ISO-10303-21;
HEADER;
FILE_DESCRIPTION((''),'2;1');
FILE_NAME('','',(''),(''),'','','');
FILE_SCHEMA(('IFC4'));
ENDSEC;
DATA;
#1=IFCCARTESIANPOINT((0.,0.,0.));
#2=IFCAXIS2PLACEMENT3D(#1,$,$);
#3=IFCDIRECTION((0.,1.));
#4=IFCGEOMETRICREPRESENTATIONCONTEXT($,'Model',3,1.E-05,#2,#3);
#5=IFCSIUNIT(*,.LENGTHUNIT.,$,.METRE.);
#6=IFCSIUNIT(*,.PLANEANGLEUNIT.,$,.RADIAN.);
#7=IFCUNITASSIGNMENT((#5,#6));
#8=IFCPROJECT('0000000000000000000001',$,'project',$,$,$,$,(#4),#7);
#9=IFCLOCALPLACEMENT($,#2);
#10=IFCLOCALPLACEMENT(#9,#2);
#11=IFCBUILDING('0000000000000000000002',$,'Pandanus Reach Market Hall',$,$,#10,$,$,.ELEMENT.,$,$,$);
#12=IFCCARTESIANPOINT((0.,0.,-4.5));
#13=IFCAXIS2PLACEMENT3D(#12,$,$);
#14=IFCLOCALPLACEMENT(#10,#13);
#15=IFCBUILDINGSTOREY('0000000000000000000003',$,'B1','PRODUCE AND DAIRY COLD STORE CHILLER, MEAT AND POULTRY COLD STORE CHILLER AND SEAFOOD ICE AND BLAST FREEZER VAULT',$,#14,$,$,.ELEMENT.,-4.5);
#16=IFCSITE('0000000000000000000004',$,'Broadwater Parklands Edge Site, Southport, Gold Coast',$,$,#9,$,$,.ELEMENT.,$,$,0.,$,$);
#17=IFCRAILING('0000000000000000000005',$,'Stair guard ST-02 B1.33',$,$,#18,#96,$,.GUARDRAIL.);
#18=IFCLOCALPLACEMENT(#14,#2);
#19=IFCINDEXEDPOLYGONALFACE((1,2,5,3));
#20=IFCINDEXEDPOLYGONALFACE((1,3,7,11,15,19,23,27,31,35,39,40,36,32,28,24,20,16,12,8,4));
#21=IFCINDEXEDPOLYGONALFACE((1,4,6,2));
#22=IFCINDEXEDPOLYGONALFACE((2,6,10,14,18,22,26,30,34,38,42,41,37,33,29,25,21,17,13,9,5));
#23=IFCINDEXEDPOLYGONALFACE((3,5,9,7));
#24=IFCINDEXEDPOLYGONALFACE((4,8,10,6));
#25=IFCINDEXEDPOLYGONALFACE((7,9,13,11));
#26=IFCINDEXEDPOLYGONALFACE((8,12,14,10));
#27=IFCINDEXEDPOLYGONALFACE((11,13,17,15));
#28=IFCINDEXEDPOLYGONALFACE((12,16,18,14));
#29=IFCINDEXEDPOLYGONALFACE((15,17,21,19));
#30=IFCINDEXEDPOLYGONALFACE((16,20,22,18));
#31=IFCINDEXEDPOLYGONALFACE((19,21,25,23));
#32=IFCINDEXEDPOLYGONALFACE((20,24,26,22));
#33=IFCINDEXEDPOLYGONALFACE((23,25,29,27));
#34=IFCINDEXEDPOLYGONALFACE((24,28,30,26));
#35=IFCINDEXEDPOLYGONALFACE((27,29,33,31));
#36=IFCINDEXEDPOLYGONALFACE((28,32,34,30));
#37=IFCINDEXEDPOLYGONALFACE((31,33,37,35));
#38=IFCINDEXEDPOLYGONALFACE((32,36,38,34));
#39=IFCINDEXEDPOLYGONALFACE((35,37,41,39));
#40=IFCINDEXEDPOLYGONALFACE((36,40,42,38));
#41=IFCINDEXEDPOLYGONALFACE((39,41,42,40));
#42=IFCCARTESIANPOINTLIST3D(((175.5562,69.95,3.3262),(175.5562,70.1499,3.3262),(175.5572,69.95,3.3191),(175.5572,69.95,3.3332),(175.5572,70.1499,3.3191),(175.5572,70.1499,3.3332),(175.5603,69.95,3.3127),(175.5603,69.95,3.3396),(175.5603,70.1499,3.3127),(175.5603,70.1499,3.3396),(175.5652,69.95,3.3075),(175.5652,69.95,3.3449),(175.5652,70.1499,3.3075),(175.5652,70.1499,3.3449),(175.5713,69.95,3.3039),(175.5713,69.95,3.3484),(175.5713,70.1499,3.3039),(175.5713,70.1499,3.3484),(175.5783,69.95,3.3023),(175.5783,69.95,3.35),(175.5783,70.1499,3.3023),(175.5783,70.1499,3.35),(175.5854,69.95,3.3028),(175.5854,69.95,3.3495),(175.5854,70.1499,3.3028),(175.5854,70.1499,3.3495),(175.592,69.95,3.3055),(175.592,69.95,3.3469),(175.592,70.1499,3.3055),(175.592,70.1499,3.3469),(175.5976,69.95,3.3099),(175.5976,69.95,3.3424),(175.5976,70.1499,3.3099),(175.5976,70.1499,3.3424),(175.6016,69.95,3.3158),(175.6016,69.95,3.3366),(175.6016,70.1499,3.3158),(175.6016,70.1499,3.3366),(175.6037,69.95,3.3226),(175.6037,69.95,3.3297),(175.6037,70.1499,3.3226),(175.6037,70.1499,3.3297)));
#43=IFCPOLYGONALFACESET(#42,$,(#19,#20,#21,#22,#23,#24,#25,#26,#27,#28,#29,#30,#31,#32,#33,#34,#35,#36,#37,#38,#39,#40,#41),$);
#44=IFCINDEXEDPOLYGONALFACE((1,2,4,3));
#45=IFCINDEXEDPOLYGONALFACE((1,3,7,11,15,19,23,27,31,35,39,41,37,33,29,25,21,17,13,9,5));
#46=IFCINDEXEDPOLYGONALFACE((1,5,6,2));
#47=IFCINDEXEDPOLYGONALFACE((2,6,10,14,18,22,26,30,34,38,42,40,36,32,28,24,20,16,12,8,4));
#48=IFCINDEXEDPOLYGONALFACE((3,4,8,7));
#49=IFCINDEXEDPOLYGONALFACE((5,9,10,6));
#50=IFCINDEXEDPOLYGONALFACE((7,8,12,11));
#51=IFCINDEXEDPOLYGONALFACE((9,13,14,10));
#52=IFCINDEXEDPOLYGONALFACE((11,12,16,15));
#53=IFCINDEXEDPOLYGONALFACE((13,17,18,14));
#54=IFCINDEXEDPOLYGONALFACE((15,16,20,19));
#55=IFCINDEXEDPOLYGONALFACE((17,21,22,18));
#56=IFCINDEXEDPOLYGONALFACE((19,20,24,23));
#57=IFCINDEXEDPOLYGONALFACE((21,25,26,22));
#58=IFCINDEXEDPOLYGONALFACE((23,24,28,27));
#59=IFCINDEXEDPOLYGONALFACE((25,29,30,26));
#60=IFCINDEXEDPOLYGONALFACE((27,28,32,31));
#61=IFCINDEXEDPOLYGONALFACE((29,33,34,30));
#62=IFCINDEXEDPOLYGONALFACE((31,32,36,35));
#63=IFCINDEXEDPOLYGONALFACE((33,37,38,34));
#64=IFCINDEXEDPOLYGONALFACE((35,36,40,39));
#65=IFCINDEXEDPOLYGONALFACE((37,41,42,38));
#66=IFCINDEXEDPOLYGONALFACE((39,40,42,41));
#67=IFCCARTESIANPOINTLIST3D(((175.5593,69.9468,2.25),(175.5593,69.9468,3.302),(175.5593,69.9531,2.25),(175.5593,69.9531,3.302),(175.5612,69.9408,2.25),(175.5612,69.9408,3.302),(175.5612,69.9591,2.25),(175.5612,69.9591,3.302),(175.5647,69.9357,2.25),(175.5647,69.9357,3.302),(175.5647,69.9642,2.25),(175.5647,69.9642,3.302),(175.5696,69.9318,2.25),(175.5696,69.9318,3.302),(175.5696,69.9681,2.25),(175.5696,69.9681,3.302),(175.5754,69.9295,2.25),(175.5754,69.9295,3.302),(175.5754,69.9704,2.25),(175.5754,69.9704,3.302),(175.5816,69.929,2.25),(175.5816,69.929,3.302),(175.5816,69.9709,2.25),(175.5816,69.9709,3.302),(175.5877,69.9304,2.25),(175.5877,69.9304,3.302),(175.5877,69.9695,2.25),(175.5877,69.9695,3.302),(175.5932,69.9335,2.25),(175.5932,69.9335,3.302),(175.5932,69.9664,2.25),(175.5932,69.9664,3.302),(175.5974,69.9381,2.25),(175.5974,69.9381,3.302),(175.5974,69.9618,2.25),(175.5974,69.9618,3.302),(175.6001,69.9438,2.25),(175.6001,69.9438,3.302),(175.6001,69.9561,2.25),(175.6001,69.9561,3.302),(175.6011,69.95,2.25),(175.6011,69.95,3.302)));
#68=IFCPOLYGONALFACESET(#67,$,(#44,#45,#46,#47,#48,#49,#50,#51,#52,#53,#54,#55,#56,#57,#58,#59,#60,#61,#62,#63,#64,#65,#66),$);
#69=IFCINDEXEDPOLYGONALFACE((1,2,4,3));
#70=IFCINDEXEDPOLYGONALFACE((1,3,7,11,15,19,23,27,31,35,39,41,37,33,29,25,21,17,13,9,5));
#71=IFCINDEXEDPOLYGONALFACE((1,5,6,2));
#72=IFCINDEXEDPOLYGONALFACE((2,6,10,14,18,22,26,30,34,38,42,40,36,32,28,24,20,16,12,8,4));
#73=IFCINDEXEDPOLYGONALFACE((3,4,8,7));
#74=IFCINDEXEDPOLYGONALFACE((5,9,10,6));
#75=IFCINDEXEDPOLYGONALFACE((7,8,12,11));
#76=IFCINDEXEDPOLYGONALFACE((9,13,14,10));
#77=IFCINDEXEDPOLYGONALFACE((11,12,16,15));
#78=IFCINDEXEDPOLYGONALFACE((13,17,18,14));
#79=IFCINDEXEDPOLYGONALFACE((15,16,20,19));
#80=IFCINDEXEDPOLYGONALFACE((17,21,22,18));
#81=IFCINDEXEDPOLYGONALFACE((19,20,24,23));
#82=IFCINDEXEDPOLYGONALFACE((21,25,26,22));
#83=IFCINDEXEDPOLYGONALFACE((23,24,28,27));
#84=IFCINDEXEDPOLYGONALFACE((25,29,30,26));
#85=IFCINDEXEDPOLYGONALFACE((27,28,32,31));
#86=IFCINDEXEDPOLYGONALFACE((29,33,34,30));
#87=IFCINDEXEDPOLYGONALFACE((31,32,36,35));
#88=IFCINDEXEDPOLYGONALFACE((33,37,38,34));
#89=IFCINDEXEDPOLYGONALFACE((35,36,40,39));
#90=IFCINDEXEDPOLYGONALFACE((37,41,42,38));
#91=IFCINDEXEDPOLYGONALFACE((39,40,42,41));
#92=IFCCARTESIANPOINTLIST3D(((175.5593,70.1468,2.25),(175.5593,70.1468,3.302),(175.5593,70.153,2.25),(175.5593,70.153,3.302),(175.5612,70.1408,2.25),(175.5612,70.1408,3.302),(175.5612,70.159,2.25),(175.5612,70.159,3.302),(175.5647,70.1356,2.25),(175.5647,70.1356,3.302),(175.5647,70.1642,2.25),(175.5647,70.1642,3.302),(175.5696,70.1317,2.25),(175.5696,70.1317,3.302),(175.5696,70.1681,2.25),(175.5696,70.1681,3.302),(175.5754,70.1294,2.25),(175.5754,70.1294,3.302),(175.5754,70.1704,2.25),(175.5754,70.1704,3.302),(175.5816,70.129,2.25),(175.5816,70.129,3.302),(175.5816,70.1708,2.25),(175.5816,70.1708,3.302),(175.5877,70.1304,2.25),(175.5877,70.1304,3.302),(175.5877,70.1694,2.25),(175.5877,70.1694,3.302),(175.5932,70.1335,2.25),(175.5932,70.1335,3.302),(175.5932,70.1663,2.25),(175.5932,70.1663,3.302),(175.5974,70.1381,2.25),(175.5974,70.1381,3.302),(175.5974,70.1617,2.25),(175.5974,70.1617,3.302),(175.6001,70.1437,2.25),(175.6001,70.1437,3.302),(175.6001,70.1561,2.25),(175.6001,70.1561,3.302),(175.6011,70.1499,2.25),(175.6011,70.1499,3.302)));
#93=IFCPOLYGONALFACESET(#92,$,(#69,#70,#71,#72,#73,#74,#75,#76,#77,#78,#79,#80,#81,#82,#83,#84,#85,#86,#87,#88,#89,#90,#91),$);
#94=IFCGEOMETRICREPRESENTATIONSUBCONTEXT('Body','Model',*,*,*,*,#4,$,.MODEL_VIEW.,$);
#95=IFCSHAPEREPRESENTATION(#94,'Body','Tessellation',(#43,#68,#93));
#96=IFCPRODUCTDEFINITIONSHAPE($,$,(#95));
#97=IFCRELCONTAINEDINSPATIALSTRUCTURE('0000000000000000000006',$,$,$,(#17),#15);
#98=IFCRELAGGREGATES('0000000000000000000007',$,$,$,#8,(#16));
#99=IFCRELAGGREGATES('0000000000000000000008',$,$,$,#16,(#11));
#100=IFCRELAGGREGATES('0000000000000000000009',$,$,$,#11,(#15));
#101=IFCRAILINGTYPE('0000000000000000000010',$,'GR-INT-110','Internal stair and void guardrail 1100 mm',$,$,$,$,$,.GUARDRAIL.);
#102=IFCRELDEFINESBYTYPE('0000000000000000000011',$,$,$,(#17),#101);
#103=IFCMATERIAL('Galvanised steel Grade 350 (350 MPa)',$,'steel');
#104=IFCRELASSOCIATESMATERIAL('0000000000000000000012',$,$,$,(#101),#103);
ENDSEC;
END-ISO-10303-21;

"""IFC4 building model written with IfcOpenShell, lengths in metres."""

from ifc_helpers import new_model, si_unit, direction, frame, origin, origin_2d, place, context, subcontext, project, spatial, circle, extrude, material, type_object, element, save


model = new_model("IFC4")

# Units and contexts
model_context = context("Model", 3, precision=1e-05, world=origin(), true_north=direction((0.0, 1.0)))
body_context = subcontext(model_context, "Body", "Model", "MODEL_VIEW")
ifc_project = project(units=[si_unit("LENGTHUNIT", "METRE"), si_unit("PLANEANGLEUNIT", "RADIAN")], contexts=[model_context])

# Site, building, storey
site_placement = place(None, origin())
site = spatial("IfcSite", under=ifc_project, at=site_placement, Name="Broadwater Parklands Edge Site, Southport, Gold Coast", CompositionType="ELEMENT", RefElevation=0.0)
building_placement = place(site_placement, origin())
building = spatial("IfcBuilding", under=site, at=building_placement, Name="Pandanus Reach Market Hall", CompositionType="ELEMENT")
storey_placement = place(building_placement, frame((0.0, 0.0, -4.5)))
storey = spatial("IfcBuildingStorey", under=building, at=storey_placement, Name="B1", Description="PRODUCE AND DAIRY COLD STORE CHILLER, MEAT AND POULTRY COLD STORE CHILLER AND SEAFOOD ICE AND BLAST FREEZER VAULT", CompositionType="ELEMENT", Elevation=-4.5)

# Railing
ifc_material_1 = material(Name="Galvanised steel Grade 350 (350 MPa)", Category="steel")
railing_type_1 = type_object("IfcRailingType", Name="GR-INT-110", Description="Internal stair and void guardrail 1100 mm", PredefinedType="GUARDRAIL", material=ifc_material_1)
railing_1_placement = place(storey_placement, frame((175.5801, 69.95, 2.25)))
element("IfcRailing", 1, at=railing_1_placement, inside=storey, type_object=railing_type_1, Name="Stair guard ST-02 B1.33", PredefinedType="GUARDRAIL", context=body_context, shape_type="SweptSolid", body=[
    extrude(circle(Radius=0.0239, at=origin_2d()), frame((0.0, 0.0, 1.0762), z_axis=(0.0, 1.0, 0.0), x_axis=(-1.0, 0.0, 0.0)), (0.0, 0.0, 1.0), 0.2),
    extrude(circle(Radius=0.021, at=origin_2d()), origin(), (0.0, 0.0, 1.0), 1.052),
    extrude(circle(Radius=0.021, at=origin_2d()), frame((0.0, 0.2, 0.0)), (0.0, 0.0, 1.0), 1.052),
])

save(model, "model.ifc")
